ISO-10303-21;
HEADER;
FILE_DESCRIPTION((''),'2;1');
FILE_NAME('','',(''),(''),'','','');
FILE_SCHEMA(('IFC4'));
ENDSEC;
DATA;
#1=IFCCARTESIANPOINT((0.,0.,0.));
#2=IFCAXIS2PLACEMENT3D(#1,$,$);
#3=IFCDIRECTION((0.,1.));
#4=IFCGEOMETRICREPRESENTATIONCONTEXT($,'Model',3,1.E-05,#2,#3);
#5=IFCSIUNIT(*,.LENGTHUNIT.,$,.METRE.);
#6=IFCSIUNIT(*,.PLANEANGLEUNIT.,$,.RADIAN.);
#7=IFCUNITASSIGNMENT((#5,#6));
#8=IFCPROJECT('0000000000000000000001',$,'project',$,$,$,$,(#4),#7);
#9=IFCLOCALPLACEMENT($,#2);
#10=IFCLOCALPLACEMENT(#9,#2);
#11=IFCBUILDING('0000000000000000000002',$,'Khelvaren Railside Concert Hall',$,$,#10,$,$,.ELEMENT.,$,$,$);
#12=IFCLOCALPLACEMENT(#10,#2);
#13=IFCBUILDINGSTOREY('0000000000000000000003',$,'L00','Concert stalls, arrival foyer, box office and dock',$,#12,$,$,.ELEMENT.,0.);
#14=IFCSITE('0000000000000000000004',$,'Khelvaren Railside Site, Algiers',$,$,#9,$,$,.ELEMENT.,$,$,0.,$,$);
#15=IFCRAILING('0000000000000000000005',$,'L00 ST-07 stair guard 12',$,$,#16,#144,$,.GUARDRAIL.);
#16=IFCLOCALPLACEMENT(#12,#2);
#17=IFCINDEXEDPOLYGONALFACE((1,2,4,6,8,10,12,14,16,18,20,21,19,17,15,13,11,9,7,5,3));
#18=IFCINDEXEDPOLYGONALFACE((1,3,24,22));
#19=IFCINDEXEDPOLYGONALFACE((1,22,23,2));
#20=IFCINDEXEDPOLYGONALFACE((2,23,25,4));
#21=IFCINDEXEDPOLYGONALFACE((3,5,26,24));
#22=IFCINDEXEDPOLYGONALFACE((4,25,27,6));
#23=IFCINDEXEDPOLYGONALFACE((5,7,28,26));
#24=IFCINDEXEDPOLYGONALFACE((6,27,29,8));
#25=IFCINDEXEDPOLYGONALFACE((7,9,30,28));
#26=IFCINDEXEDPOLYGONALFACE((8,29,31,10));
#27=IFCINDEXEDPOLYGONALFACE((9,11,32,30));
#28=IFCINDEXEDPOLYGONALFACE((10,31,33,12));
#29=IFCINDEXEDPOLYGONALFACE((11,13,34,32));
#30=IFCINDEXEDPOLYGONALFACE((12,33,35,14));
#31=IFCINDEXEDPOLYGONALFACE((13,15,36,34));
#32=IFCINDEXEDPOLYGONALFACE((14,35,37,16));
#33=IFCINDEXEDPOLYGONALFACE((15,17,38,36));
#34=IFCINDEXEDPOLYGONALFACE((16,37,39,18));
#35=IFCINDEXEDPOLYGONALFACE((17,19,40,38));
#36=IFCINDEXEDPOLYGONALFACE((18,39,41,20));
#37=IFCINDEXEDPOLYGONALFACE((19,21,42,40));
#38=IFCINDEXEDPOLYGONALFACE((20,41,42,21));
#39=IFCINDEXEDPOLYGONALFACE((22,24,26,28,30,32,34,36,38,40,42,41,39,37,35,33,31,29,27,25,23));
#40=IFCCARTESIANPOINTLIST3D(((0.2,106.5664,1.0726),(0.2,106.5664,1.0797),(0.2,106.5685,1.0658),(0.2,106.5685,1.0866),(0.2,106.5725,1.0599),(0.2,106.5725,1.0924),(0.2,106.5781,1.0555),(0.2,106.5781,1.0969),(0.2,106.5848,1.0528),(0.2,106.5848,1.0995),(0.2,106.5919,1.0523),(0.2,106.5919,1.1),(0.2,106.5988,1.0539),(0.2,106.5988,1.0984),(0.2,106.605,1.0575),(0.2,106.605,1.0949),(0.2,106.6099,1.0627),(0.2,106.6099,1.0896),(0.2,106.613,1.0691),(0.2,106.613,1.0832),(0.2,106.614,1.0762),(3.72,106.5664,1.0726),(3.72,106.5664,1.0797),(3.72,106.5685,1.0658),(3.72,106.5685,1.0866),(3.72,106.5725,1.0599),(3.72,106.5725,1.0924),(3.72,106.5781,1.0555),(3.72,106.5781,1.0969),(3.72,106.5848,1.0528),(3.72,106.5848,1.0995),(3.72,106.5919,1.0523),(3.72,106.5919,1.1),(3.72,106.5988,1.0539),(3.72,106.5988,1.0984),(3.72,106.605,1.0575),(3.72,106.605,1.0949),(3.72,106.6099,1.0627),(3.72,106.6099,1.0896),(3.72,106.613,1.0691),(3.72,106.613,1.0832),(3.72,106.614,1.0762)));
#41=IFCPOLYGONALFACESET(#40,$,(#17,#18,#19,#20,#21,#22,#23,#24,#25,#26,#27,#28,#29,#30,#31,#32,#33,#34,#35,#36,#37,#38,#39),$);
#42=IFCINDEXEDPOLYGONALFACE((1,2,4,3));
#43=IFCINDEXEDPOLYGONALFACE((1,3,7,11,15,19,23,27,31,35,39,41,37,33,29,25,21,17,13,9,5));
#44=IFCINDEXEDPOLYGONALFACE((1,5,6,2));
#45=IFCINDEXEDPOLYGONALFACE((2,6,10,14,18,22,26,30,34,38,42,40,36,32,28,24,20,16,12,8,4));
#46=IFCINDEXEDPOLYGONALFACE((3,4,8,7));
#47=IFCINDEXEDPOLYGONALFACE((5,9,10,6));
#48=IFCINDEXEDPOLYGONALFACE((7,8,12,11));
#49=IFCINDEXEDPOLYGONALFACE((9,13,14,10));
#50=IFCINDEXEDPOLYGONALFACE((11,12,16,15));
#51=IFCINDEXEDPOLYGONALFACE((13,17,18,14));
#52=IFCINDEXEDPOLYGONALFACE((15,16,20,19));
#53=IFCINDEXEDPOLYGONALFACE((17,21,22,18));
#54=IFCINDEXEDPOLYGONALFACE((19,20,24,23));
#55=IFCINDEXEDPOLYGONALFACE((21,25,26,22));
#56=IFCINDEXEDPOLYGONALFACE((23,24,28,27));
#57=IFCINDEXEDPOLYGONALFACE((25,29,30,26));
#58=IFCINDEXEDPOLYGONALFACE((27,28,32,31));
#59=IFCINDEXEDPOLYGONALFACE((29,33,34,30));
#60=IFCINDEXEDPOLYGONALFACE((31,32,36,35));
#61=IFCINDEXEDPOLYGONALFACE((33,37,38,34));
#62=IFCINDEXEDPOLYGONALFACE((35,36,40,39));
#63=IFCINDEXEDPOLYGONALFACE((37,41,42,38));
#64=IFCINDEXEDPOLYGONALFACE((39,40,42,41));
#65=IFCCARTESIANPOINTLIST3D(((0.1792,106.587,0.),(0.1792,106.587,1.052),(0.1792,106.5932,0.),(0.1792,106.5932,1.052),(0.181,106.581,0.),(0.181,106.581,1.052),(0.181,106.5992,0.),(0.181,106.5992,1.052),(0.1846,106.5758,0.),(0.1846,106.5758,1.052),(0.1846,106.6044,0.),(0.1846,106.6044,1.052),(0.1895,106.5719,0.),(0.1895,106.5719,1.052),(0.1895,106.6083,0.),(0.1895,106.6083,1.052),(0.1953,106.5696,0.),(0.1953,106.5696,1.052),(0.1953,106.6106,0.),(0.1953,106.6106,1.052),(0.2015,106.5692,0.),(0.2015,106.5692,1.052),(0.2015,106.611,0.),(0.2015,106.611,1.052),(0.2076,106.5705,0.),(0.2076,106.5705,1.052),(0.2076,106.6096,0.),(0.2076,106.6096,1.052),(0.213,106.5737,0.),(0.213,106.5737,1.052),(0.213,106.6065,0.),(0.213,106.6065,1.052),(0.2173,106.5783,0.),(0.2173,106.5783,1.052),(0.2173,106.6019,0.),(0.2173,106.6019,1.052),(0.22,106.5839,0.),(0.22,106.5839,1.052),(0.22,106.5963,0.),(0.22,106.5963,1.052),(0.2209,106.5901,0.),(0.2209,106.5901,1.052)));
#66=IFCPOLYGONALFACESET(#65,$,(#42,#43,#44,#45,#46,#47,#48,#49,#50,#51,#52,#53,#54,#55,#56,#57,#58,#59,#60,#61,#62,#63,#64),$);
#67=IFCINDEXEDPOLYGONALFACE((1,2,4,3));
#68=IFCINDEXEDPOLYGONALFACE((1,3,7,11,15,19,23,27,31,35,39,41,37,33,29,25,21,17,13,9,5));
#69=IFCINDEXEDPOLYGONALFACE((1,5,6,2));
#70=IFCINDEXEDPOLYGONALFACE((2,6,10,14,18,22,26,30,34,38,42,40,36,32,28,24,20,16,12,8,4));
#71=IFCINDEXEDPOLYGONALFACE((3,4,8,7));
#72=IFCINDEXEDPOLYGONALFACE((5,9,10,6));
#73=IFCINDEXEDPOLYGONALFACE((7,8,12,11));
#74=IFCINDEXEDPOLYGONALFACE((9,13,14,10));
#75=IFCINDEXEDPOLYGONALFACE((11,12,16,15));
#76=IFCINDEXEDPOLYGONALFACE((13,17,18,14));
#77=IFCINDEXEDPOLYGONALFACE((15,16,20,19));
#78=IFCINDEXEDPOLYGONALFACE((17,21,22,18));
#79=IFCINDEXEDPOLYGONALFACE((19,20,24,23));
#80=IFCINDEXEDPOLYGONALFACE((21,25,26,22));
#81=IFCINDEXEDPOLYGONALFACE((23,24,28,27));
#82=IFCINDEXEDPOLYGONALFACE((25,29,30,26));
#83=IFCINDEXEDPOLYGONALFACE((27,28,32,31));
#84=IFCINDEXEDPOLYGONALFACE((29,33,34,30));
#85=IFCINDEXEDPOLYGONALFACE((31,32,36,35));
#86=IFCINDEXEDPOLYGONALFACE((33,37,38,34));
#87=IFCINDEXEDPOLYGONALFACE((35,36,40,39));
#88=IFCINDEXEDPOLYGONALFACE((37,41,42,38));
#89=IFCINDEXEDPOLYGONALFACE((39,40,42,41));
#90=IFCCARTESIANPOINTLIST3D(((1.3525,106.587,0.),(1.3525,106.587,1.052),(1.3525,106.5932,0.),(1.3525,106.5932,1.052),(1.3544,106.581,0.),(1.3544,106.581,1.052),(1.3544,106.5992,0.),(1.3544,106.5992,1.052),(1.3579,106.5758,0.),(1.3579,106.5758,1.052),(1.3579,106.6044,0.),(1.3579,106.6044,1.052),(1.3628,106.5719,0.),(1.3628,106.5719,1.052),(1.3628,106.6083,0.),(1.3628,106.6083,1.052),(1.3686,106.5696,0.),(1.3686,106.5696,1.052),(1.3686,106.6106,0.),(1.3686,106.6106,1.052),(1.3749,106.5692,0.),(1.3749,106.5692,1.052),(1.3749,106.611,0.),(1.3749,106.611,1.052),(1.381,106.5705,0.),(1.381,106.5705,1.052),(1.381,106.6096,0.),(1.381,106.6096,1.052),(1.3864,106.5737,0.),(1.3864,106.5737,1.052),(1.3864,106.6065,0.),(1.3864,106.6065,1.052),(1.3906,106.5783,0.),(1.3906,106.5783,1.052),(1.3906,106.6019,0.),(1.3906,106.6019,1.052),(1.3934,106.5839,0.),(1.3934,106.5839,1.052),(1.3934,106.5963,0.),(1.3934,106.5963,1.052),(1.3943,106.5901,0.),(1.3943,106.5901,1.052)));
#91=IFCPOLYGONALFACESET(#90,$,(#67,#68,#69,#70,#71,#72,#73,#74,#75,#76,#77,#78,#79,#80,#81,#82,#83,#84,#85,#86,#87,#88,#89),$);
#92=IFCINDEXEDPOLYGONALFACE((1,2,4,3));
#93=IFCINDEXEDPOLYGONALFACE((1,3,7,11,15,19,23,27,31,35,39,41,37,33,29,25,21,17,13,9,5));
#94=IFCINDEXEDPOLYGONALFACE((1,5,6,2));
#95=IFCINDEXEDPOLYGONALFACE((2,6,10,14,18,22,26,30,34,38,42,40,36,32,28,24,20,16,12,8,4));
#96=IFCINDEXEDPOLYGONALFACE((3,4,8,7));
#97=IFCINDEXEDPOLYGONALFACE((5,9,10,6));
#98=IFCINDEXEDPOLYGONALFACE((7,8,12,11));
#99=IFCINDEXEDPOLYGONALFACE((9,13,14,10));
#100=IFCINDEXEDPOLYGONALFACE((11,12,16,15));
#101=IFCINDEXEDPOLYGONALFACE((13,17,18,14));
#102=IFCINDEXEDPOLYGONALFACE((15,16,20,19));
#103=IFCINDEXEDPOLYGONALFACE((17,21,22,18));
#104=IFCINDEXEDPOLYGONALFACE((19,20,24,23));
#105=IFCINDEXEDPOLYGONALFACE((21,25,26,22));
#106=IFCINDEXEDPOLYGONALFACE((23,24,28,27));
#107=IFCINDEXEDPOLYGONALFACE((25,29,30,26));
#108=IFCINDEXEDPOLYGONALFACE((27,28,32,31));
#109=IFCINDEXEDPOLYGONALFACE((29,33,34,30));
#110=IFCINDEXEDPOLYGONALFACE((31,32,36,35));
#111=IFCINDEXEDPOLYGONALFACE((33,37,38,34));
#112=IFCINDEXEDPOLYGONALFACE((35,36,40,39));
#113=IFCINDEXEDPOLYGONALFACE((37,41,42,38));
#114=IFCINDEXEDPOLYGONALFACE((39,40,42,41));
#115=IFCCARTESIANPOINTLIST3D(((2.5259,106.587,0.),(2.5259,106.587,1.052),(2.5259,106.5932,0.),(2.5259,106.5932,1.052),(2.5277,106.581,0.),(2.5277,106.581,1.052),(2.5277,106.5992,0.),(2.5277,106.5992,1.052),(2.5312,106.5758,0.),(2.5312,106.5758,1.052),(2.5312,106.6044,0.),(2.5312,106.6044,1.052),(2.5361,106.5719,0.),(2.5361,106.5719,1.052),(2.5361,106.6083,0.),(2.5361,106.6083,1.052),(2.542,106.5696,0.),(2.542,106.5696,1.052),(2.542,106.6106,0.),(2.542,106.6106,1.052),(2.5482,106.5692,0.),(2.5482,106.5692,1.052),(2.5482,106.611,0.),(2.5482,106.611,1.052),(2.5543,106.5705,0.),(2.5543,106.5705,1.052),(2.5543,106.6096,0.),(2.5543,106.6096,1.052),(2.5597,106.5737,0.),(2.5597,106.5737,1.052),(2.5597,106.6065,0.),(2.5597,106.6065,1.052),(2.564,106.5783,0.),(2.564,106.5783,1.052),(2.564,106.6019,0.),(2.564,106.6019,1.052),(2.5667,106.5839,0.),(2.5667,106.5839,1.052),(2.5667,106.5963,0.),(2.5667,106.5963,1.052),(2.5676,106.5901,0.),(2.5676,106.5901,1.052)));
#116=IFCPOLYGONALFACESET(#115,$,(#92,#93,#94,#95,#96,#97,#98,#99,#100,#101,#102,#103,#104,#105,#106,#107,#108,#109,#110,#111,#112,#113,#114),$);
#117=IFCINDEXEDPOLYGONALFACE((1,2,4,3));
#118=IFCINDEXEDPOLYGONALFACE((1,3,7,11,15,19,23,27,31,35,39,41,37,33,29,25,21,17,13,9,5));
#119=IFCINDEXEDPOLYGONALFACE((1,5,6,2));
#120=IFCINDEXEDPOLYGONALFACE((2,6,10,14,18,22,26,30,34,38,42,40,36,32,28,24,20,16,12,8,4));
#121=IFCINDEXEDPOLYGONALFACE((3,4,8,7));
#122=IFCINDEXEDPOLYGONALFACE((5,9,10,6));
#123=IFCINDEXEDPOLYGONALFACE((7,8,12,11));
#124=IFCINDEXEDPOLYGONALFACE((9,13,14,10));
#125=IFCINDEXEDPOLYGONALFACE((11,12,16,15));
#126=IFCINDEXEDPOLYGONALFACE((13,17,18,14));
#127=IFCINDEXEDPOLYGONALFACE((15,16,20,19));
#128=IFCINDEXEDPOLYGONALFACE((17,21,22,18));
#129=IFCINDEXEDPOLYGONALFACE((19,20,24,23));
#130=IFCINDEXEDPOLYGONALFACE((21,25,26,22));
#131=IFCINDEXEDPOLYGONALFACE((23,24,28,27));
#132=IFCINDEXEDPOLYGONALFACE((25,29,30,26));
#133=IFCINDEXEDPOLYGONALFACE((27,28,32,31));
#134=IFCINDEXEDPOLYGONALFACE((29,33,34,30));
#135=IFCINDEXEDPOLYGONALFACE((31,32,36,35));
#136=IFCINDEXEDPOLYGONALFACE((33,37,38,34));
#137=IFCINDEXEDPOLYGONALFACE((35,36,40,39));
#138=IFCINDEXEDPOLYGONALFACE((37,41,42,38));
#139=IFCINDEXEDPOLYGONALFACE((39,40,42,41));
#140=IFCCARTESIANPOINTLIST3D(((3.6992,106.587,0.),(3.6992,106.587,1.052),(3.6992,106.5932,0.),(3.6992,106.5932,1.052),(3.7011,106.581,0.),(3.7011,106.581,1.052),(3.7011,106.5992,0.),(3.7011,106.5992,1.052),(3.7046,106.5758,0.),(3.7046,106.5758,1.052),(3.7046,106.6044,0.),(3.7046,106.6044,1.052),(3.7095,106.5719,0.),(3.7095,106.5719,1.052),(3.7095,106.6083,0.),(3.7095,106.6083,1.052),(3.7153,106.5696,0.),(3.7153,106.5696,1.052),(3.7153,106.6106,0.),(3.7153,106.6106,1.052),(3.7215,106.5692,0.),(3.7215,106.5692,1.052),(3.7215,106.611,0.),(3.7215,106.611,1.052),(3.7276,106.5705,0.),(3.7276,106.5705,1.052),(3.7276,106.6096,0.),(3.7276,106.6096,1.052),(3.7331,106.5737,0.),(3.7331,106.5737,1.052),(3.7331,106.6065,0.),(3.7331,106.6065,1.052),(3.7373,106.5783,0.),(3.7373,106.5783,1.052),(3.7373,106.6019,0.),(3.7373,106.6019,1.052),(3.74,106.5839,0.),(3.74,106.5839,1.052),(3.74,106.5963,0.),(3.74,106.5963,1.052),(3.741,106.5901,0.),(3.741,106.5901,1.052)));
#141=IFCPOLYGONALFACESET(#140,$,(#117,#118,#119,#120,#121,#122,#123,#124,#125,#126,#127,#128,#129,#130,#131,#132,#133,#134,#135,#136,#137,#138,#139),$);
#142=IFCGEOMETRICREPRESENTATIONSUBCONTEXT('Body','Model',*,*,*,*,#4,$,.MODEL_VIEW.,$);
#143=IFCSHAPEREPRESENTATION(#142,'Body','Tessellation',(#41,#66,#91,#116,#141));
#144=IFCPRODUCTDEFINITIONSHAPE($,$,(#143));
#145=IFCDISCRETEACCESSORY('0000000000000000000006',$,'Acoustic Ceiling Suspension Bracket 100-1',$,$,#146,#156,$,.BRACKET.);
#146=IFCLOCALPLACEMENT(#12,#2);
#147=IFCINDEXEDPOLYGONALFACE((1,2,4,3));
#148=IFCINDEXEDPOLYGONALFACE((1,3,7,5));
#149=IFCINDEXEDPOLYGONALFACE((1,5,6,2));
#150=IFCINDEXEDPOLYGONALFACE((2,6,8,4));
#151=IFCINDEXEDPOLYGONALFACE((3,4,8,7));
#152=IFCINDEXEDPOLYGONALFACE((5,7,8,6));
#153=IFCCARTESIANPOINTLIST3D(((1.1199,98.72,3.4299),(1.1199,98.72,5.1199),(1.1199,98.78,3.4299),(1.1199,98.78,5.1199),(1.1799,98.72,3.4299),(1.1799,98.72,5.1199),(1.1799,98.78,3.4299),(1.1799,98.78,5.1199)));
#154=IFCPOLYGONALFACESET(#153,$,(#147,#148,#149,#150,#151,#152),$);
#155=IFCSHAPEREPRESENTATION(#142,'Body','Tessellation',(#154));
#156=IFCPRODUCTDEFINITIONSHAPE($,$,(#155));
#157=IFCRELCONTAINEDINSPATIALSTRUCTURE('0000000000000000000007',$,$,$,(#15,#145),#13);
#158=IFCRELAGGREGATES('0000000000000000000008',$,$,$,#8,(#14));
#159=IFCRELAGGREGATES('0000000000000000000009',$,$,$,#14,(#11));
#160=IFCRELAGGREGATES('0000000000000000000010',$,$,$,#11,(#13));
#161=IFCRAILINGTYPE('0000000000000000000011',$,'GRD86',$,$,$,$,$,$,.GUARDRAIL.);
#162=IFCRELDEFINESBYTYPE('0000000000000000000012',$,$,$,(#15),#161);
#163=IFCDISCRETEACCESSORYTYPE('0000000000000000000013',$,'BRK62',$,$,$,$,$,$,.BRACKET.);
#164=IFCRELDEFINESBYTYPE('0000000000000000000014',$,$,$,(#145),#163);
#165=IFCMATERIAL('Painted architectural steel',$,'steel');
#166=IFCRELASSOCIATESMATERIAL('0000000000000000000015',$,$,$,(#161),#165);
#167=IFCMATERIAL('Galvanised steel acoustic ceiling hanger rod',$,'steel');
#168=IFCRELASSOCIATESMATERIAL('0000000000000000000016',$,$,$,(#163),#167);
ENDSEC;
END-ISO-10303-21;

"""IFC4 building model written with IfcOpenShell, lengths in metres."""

from ifc_helpers import new_model, si_unit, direction, frame, origin, origin_2d, place, context, subcontext, project, spatial, rectangle, circle, extrude, material, type_object, element, save


model = new_model("IFC4")

# Units and contexts
model_context = context("Model", 3, precision=1e-05, world=origin(), true_north=direction((0.0, 1.0)))
body_context = subcontext(model_context, "Body", "Model", "MODEL_VIEW")
ifc_project = project(units=[si_unit("LENGTHUNIT", "METRE"), si_unit("PLANEANGLEUNIT", "RADIAN")], contexts=[model_context])

# Site, building, storey
site_placement = place(None, origin())
site = spatial("IfcSite", under=ifc_project, at=site_placement, Name="Khelvaren Railside Site, Algiers", CompositionType="ELEMENT", RefElevation=0.0)
building_placement = place(site_placement, origin())
building = spatial("IfcBuilding", under=site, at=building_placement, Name="Khelvaren Railside Concert Hall", CompositionType="ELEMENT")
storey_placement = place(building_placement, origin())
storey = spatial("IfcBuildingStorey", under=building, at=storey_placement, Name="L00", Description="Concert stalls, arrival foyer, box office and dock", CompositionType="ELEMENT", Elevation=0.0)

# Railing
ifc_material_1 = material(Name="Painted architectural steel", Category="steel")
railing_type = type_object("IfcRailingType", Name="GRD86", PredefinedType="GUARDRAIL", material=ifc_material_1)
railing_1_placement = place(storey_placement, frame((0.2, 106.5901, 0.0)))
element("IfcRailing", 1, at=railing_1_placement, inside=storey, type_object=railing_type, Name="L00 ST-07 stair guard 12", PredefinedType="GUARDRAIL", context=body_context, shape_type="SweptSolid", body=[
    extrude(circle(Radius=0.0239, at=origin_2d()), frame((0.0, 0.0, 1.0762), z_axis=(1.0, 0.0, 0.0), x_axis=(0.0, 1.0, 0.0)), (0.0, 0.0, 1.0), 3.52),
    extrude(circle(Radius=0.021, at=origin_2d()), origin(), (0.0, 0.0, 1.0), 1.052),
    extrude(circle(Radius=0.021, at=origin_2d()), frame((1.1733, 0.0, 0.0)), (0.0, 0.0, 1.0), 1.052),
    extrude(circle(Radius=0.021, at=origin_2d()), frame((2.3467, 0.0, 0.0)), (0.0, 0.0, 1.0), 1.052),
    extrude(circle(Radius=0.021, at=origin_2d()), frame((3.52, 0.0, 0.0)), (0.0, 0.0, 1.0), 1.052),
])

# Discrete accessory
ifc_material_2 = material(Name="Galvanised steel acoustic ceiling hanger rod", Category="steel")
discrete_accessory_type = type_object("IfcDiscreteAccessoryType", Name="BRK62", PredefinedType="BRACKET", material=ifc_material_2)
discrete_accessory_placement = place(storey_placement, frame((1.1499, 98.75, 3.4299), z_axis=(0.0, 0.0, 1.0), x_axis=(1.0, 0.0, 0.0)))
element("IfcDiscreteAccessory", 2, at=discrete_accessory_placement, inside=storey, type_object=discrete_accessory_type, Name="Acoustic Ceiling Suspension Bracket 100-1", PredefinedType="BRACKET", context=body_context, shape_type="SweptSolid", body=[
    extrude(rectangle(XDim=0.0601, YDim=0.0601, at=origin_2d()), origin(), (0.0, 0.0, 1.0), 1.6899),
])

save(model, "model.ifc")
